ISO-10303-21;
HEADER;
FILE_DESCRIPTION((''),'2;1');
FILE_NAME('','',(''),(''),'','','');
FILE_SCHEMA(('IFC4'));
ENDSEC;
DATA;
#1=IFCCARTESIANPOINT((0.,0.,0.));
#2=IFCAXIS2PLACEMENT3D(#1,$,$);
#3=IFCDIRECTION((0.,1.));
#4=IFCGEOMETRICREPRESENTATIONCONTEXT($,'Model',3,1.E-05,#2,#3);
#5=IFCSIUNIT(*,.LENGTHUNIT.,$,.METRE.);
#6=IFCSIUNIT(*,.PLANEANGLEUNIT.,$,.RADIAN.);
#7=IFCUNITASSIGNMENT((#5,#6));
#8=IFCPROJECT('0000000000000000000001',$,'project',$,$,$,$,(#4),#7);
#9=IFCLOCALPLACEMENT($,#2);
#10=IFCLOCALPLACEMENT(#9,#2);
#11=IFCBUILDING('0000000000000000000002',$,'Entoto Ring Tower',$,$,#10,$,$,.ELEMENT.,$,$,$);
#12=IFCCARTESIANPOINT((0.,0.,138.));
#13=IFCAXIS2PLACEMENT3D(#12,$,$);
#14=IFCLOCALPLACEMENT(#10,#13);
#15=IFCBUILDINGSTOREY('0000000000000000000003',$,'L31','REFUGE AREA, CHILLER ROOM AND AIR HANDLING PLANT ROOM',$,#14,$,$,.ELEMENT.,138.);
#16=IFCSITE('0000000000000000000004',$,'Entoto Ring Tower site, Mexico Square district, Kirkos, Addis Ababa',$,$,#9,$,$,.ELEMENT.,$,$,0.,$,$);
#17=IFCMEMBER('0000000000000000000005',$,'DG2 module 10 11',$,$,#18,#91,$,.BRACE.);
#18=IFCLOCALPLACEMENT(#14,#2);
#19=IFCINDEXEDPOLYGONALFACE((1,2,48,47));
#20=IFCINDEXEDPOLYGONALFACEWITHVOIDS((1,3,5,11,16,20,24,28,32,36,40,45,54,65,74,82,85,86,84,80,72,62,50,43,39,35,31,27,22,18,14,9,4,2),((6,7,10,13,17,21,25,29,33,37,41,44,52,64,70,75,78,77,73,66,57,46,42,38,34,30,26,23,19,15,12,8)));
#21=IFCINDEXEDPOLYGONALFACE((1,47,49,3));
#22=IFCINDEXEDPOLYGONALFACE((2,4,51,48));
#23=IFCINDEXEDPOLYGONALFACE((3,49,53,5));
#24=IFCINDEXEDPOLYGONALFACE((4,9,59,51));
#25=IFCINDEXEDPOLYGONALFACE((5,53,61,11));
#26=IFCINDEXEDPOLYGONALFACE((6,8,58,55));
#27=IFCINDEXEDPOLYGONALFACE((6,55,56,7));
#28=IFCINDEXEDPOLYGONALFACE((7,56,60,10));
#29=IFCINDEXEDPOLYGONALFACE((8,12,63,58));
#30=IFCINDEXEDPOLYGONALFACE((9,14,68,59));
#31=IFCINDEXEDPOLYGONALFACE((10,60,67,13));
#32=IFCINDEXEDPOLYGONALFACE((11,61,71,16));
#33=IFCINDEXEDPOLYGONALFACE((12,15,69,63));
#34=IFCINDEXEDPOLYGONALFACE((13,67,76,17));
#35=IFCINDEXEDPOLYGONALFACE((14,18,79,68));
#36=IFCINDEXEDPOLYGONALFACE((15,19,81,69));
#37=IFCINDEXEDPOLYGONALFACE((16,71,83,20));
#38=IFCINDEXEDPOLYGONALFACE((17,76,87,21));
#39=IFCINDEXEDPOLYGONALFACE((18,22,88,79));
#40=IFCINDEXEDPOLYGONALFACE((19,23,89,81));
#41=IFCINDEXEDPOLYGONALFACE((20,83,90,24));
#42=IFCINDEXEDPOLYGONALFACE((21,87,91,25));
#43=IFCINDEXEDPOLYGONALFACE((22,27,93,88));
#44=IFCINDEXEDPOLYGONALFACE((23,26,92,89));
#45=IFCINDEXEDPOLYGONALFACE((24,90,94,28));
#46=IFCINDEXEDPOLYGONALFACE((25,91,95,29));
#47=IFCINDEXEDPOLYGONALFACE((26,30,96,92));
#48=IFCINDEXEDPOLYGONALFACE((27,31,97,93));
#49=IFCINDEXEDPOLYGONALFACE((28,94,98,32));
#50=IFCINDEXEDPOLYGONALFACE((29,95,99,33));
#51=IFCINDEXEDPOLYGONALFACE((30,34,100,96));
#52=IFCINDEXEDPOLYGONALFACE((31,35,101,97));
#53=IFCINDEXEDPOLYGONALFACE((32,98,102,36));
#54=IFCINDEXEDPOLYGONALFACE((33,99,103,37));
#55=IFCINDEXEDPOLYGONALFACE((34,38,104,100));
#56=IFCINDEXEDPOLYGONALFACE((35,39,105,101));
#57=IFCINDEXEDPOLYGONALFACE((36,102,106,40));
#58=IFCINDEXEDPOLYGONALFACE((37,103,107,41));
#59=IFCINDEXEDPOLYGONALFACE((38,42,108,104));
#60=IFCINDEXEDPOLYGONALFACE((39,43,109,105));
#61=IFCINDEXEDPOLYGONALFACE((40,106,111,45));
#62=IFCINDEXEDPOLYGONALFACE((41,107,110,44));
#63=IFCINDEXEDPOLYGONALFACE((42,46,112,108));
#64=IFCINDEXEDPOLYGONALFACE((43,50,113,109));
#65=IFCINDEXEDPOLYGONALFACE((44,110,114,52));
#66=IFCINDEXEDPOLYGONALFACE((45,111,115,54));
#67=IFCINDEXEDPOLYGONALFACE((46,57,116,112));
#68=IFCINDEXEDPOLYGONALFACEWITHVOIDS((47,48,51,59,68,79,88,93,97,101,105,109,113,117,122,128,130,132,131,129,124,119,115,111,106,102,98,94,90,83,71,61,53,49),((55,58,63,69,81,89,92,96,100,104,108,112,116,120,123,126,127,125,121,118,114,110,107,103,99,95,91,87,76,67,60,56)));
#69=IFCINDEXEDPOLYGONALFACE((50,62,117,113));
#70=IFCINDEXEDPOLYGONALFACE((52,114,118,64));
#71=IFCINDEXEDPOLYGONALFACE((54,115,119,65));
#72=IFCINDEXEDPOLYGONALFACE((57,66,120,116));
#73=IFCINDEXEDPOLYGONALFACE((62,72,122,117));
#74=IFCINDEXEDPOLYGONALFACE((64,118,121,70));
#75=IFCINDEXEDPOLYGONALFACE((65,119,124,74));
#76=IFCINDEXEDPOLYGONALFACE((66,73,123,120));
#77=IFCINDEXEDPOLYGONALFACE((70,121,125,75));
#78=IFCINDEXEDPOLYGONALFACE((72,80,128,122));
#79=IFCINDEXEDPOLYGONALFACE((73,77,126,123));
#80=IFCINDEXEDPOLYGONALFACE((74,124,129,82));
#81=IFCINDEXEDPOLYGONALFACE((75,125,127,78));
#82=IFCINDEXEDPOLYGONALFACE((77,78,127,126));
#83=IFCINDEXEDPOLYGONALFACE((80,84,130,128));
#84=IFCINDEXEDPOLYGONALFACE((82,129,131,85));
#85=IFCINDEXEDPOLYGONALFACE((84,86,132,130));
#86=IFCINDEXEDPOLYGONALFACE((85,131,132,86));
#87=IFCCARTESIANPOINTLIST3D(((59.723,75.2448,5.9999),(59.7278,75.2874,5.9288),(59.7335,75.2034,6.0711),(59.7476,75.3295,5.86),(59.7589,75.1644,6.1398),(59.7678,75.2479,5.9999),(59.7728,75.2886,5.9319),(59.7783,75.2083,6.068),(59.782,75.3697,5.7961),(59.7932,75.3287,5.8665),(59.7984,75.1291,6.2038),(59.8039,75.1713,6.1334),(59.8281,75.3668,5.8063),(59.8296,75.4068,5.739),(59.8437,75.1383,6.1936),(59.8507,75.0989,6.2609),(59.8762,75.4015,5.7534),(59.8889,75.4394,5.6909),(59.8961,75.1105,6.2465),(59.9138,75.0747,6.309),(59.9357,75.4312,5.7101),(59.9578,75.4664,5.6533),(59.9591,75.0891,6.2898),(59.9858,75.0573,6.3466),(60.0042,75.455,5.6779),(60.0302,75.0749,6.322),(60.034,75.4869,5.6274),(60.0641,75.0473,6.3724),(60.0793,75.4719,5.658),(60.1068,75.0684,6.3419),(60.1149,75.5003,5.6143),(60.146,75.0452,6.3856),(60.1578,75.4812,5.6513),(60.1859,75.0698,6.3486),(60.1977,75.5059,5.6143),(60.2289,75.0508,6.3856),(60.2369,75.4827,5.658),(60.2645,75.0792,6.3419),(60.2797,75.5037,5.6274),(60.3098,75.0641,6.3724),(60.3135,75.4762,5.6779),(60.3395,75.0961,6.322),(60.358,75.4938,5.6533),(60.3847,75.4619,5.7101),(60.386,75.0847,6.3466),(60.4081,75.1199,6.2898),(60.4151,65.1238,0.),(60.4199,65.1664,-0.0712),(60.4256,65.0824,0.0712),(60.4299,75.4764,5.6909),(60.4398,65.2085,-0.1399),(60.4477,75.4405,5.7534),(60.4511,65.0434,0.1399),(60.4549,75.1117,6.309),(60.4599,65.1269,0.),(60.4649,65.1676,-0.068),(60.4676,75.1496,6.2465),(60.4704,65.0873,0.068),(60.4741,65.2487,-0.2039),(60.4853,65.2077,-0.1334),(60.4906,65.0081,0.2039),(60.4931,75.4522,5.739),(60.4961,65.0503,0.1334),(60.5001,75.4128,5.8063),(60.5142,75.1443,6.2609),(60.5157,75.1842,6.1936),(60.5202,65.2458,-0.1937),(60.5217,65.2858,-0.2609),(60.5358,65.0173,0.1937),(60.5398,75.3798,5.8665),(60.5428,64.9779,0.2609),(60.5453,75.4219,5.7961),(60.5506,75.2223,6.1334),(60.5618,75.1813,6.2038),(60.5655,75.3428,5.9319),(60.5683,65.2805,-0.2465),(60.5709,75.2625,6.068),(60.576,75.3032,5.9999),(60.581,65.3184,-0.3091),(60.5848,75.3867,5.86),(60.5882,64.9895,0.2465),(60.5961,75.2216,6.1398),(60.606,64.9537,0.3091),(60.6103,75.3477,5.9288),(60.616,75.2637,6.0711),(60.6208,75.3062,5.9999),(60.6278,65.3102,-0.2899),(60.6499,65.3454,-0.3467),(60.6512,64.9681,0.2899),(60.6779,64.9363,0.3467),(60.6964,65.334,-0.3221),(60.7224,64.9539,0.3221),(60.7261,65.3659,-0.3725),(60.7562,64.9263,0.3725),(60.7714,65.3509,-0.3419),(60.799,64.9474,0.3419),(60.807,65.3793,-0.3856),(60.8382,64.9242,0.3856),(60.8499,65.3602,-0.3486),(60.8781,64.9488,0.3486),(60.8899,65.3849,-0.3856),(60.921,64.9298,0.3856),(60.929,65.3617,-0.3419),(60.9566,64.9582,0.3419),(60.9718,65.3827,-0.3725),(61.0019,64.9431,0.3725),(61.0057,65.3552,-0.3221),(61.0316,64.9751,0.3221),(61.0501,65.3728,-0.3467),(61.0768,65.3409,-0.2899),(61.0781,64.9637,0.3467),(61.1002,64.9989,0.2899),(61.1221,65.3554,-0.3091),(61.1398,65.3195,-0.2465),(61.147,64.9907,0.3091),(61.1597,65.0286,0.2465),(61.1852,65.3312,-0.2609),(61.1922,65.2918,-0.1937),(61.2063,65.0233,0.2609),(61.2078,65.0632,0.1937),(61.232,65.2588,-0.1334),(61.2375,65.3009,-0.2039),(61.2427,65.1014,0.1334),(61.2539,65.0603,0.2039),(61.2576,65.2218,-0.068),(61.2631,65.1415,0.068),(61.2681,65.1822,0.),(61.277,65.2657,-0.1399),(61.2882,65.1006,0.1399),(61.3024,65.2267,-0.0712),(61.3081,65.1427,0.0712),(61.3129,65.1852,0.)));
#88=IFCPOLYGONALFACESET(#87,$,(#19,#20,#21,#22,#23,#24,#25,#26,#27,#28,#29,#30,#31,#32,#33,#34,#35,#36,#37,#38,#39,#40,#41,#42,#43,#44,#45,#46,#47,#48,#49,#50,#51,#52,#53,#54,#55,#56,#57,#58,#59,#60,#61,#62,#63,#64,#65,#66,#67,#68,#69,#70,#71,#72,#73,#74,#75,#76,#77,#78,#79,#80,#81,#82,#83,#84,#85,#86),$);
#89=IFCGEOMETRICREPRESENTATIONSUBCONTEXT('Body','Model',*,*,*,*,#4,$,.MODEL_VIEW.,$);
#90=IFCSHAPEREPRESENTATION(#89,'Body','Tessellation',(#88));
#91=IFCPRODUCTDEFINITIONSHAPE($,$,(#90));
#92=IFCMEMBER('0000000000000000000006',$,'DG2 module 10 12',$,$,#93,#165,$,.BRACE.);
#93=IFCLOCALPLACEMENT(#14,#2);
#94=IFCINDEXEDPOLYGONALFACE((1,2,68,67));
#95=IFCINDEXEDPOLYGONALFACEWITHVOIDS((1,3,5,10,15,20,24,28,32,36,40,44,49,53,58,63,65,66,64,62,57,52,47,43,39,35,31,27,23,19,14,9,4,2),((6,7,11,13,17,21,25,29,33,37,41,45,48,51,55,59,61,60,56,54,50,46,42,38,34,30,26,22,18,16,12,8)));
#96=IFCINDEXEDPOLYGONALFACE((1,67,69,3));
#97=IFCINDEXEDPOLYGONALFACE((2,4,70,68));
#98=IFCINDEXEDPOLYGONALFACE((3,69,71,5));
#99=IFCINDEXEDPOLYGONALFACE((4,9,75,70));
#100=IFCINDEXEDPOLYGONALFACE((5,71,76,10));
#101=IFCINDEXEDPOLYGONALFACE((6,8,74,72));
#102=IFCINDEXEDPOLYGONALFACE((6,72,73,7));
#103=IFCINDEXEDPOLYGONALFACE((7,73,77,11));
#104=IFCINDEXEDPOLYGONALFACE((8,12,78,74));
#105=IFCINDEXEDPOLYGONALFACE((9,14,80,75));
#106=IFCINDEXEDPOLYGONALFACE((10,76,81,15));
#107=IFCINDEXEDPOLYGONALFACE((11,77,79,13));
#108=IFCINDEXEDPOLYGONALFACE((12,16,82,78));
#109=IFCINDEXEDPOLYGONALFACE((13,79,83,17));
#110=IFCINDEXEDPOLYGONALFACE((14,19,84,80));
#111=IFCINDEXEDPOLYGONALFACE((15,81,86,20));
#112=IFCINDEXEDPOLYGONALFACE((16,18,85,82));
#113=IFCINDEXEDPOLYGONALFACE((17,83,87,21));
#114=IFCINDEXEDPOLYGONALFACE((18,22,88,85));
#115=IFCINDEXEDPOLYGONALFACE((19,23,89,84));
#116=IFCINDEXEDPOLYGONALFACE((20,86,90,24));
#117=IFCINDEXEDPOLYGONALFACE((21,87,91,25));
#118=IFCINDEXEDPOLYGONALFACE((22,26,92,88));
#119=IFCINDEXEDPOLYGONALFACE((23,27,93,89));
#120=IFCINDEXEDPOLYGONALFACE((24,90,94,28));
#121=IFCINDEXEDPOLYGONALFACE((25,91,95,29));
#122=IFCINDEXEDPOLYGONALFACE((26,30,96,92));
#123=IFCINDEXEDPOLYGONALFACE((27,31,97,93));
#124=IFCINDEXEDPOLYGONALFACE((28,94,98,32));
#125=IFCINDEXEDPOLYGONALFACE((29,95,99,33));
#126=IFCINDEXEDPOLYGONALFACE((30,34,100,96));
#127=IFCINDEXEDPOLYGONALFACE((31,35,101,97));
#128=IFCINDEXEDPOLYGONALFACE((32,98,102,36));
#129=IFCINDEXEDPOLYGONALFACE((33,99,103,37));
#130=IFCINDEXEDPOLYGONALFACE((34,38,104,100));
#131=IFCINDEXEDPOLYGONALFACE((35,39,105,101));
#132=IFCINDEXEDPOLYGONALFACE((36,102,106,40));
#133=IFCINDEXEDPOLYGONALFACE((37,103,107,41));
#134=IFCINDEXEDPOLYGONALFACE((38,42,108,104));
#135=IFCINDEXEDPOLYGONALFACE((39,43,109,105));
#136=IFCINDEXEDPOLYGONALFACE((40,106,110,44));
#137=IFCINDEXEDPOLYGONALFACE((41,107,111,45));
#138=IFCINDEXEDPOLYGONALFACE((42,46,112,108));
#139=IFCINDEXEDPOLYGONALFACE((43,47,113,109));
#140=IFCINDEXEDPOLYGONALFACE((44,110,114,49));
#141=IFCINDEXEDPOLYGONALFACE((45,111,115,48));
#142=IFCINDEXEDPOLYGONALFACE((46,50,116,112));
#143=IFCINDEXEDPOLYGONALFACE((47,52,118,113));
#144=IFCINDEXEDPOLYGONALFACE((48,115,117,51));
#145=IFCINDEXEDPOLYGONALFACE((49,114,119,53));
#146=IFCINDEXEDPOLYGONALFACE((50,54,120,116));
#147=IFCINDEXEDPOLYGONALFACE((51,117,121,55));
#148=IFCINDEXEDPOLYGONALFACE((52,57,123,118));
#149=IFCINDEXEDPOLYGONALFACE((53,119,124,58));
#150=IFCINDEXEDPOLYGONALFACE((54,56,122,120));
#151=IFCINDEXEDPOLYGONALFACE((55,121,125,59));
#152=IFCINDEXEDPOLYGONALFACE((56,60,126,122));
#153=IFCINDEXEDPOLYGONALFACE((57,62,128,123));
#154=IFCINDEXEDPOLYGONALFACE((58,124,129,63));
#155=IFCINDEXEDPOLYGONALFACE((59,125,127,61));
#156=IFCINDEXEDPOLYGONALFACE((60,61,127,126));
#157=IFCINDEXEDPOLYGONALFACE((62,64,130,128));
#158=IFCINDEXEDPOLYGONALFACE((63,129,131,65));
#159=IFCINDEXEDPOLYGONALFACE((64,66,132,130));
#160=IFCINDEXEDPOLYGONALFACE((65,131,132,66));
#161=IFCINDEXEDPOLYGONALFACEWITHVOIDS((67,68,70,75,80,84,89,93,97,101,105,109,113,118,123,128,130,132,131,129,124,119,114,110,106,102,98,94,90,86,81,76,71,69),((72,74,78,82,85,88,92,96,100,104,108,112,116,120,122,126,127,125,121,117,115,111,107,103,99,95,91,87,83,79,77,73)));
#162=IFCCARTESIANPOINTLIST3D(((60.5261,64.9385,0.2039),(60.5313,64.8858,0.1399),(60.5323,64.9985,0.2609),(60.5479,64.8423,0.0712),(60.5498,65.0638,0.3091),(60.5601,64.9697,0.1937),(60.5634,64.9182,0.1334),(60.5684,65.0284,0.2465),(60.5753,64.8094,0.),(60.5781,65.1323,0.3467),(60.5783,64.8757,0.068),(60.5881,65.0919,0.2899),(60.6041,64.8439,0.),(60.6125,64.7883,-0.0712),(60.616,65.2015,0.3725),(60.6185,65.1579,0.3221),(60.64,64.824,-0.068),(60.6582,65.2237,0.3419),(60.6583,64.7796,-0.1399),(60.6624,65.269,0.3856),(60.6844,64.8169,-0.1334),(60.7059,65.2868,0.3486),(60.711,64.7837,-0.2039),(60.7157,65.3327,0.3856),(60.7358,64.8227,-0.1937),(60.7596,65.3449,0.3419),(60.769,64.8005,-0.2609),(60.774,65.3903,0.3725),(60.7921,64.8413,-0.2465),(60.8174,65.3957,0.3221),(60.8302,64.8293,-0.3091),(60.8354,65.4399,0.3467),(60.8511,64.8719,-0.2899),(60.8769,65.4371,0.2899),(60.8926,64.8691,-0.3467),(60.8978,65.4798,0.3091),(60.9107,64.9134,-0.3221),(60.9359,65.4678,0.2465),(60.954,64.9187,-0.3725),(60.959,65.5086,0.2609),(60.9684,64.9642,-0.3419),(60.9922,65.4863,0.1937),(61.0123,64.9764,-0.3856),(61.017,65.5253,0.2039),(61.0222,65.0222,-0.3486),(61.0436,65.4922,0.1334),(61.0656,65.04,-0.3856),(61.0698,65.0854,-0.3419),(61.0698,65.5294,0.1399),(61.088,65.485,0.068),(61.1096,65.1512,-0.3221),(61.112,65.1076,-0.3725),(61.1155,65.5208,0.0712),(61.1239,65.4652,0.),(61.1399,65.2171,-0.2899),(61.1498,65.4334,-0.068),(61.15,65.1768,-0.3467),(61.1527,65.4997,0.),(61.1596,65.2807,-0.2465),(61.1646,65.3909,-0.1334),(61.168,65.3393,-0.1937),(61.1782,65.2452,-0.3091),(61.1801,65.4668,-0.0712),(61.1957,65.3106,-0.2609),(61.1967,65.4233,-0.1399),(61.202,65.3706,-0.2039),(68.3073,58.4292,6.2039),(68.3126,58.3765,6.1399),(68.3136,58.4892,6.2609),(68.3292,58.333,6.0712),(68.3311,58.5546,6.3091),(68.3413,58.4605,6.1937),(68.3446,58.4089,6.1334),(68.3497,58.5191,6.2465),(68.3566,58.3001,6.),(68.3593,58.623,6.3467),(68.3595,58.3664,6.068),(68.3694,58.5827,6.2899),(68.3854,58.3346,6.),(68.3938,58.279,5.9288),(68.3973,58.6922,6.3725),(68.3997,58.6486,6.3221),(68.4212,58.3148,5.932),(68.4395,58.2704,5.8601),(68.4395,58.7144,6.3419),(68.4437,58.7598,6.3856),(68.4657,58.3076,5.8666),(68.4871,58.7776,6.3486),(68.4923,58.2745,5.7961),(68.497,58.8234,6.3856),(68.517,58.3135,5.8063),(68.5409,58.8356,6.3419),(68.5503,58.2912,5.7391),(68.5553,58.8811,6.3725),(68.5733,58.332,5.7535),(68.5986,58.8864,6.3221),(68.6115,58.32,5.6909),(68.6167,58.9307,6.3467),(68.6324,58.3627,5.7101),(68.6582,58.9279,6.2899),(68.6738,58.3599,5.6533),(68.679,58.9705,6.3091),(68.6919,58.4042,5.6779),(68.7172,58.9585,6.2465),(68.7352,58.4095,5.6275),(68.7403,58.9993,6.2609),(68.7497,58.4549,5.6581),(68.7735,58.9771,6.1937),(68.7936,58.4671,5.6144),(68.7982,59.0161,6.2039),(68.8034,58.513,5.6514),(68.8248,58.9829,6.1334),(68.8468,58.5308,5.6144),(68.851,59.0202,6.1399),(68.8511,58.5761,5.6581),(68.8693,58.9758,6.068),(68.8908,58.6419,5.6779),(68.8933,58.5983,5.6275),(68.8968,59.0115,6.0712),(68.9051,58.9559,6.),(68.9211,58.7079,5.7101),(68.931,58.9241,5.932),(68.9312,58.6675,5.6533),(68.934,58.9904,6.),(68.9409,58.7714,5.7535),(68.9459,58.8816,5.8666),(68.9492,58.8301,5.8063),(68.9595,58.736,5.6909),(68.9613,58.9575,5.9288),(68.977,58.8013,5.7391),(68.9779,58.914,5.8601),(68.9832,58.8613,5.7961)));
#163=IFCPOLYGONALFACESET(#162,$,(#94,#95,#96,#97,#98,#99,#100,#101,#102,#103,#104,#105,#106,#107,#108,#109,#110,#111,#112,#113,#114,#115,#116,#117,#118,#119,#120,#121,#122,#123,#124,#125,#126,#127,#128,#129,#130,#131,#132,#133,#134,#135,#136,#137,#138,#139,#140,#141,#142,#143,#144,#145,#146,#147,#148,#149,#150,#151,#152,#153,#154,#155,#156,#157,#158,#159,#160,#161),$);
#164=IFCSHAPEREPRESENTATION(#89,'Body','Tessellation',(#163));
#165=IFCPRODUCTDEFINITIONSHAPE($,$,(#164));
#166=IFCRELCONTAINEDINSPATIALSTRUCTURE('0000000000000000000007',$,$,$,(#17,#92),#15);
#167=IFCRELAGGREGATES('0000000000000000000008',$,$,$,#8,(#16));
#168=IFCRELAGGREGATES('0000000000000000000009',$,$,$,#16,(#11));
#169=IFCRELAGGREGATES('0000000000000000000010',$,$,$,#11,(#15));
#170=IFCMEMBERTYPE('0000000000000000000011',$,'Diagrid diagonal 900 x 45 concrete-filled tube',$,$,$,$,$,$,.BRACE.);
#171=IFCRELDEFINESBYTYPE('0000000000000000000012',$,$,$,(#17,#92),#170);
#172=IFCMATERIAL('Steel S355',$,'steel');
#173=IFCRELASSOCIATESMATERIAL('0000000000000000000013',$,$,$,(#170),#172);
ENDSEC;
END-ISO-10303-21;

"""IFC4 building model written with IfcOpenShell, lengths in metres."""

from ifc_helpers import new_model, si_unit, direction, frame, origin, origin_2d, place, context, subcontext, project, spatial, circle, hollow_circle, extrude, material, material_profile, profile_set, type_object, element, save


model = new_model("IFC4")

# Units and contexts
model_context = context("Model", 3, precision=1e-05, world=origin(), true_north=direction((0.0, 1.0)))
body_context = subcontext(model_context, "Body", "Model", "MODEL_VIEW")
ifc_project = project(units=[si_unit("LENGTHUNIT", "METRE"), si_unit("PLANEANGLEUNIT", "RADIAN")], contexts=[model_context])

# Site, building, storey
site_placement = place(None, origin())
site = spatial("IfcSite", under=ifc_project, at=site_placement, Name="Entoto Ring Tower site, Mexico Square district, Kirkos, Addis Ababa", CompositionType="ELEMENT", RefElevation=0.0)
building_placement = place(site_placement, origin())
building = spatial("IfcBuilding", under=site, at=building_placement, Name="Entoto Ring Tower", CompositionType="ELEMENT")
storey_placement = place(building_placement, frame((0.0, 0.0, 138.0)))
storey = spatial("IfcBuildingStorey", under=building, at=storey_placement, Name="L31", Description="REFUGE AREA, CHILLER ROOM AND AIR HANDLING PLANT ROOM", CompositionType="ELEMENT", Elevation=138.0)

# Members
ifc_material_1 = material(Name="Steel S355", Category="steel")
ifc_material_profile_1 = material_profile(ifc_material_1, hollow_circle(Radius=0.45, WallThickness=0.0449, at=origin_2d()), Name="CHS 900 x 45")
ifc_material_2 = material(Name="Concrete C60/75", Category="concrete")
ifc_material_profile_2 = material_profile(ifc_material_2, circle(Radius=0.405, at=origin_2d()), Name="Concrete C60/75 infill")
ifc_profile_set_1 = profile_set([ifc_material_profile_1, ifc_material_profile_2], Name="Steel S355")
member_type_1 = type_object("IfcMemberType", Name="Diagrid diagonal 900 x 45 concrete-filled tube", PredefinedType="BRACE", material=ifc_profile_set_1)
member_1_placement = place(storey_placement, frame((60.864, 65.1545, 0.0), z_axis=(-0.058724, 0.858721, 0.509068), x_axis=(-0.99767, -0.068226, 0.0)))
element("IfcMember", 1, at=member_1_placement, inside=storey, type_object=member_type_1, Name="DG2 module 10 11", PredefinedType="BRACE", context=body_context, shape_type="SweptSolid", body=[
    extrude(hollow_circle(Radius=0.45, WallThickness=0.0449, at=origin_2d()), origin(), (0.0, 0.0, 1.0), 11.7861),
])
member_2_placement = place(storey_placement, frame((60.864, 65.1545, 0.0), z_axis=(0.66019, -0.552272, 0.509063), x_axis=(0.641632, 0.767013, 0.0)))
element("IfcMember", 2, at=member_2_placement, inside=storey, type_object=member_type_1, Name="DG2 module 10 12", PredefinedType="BRACE", context=body_context, shape_type="SweptSolid", body=[
    extrude(hollow_circle(Radius=0.45, WallThickness=0.0449, at=origin_2d()), origin(), (0.0, 0.0, 1.0), 11.7864),
])

save(model, "model.ifc")
